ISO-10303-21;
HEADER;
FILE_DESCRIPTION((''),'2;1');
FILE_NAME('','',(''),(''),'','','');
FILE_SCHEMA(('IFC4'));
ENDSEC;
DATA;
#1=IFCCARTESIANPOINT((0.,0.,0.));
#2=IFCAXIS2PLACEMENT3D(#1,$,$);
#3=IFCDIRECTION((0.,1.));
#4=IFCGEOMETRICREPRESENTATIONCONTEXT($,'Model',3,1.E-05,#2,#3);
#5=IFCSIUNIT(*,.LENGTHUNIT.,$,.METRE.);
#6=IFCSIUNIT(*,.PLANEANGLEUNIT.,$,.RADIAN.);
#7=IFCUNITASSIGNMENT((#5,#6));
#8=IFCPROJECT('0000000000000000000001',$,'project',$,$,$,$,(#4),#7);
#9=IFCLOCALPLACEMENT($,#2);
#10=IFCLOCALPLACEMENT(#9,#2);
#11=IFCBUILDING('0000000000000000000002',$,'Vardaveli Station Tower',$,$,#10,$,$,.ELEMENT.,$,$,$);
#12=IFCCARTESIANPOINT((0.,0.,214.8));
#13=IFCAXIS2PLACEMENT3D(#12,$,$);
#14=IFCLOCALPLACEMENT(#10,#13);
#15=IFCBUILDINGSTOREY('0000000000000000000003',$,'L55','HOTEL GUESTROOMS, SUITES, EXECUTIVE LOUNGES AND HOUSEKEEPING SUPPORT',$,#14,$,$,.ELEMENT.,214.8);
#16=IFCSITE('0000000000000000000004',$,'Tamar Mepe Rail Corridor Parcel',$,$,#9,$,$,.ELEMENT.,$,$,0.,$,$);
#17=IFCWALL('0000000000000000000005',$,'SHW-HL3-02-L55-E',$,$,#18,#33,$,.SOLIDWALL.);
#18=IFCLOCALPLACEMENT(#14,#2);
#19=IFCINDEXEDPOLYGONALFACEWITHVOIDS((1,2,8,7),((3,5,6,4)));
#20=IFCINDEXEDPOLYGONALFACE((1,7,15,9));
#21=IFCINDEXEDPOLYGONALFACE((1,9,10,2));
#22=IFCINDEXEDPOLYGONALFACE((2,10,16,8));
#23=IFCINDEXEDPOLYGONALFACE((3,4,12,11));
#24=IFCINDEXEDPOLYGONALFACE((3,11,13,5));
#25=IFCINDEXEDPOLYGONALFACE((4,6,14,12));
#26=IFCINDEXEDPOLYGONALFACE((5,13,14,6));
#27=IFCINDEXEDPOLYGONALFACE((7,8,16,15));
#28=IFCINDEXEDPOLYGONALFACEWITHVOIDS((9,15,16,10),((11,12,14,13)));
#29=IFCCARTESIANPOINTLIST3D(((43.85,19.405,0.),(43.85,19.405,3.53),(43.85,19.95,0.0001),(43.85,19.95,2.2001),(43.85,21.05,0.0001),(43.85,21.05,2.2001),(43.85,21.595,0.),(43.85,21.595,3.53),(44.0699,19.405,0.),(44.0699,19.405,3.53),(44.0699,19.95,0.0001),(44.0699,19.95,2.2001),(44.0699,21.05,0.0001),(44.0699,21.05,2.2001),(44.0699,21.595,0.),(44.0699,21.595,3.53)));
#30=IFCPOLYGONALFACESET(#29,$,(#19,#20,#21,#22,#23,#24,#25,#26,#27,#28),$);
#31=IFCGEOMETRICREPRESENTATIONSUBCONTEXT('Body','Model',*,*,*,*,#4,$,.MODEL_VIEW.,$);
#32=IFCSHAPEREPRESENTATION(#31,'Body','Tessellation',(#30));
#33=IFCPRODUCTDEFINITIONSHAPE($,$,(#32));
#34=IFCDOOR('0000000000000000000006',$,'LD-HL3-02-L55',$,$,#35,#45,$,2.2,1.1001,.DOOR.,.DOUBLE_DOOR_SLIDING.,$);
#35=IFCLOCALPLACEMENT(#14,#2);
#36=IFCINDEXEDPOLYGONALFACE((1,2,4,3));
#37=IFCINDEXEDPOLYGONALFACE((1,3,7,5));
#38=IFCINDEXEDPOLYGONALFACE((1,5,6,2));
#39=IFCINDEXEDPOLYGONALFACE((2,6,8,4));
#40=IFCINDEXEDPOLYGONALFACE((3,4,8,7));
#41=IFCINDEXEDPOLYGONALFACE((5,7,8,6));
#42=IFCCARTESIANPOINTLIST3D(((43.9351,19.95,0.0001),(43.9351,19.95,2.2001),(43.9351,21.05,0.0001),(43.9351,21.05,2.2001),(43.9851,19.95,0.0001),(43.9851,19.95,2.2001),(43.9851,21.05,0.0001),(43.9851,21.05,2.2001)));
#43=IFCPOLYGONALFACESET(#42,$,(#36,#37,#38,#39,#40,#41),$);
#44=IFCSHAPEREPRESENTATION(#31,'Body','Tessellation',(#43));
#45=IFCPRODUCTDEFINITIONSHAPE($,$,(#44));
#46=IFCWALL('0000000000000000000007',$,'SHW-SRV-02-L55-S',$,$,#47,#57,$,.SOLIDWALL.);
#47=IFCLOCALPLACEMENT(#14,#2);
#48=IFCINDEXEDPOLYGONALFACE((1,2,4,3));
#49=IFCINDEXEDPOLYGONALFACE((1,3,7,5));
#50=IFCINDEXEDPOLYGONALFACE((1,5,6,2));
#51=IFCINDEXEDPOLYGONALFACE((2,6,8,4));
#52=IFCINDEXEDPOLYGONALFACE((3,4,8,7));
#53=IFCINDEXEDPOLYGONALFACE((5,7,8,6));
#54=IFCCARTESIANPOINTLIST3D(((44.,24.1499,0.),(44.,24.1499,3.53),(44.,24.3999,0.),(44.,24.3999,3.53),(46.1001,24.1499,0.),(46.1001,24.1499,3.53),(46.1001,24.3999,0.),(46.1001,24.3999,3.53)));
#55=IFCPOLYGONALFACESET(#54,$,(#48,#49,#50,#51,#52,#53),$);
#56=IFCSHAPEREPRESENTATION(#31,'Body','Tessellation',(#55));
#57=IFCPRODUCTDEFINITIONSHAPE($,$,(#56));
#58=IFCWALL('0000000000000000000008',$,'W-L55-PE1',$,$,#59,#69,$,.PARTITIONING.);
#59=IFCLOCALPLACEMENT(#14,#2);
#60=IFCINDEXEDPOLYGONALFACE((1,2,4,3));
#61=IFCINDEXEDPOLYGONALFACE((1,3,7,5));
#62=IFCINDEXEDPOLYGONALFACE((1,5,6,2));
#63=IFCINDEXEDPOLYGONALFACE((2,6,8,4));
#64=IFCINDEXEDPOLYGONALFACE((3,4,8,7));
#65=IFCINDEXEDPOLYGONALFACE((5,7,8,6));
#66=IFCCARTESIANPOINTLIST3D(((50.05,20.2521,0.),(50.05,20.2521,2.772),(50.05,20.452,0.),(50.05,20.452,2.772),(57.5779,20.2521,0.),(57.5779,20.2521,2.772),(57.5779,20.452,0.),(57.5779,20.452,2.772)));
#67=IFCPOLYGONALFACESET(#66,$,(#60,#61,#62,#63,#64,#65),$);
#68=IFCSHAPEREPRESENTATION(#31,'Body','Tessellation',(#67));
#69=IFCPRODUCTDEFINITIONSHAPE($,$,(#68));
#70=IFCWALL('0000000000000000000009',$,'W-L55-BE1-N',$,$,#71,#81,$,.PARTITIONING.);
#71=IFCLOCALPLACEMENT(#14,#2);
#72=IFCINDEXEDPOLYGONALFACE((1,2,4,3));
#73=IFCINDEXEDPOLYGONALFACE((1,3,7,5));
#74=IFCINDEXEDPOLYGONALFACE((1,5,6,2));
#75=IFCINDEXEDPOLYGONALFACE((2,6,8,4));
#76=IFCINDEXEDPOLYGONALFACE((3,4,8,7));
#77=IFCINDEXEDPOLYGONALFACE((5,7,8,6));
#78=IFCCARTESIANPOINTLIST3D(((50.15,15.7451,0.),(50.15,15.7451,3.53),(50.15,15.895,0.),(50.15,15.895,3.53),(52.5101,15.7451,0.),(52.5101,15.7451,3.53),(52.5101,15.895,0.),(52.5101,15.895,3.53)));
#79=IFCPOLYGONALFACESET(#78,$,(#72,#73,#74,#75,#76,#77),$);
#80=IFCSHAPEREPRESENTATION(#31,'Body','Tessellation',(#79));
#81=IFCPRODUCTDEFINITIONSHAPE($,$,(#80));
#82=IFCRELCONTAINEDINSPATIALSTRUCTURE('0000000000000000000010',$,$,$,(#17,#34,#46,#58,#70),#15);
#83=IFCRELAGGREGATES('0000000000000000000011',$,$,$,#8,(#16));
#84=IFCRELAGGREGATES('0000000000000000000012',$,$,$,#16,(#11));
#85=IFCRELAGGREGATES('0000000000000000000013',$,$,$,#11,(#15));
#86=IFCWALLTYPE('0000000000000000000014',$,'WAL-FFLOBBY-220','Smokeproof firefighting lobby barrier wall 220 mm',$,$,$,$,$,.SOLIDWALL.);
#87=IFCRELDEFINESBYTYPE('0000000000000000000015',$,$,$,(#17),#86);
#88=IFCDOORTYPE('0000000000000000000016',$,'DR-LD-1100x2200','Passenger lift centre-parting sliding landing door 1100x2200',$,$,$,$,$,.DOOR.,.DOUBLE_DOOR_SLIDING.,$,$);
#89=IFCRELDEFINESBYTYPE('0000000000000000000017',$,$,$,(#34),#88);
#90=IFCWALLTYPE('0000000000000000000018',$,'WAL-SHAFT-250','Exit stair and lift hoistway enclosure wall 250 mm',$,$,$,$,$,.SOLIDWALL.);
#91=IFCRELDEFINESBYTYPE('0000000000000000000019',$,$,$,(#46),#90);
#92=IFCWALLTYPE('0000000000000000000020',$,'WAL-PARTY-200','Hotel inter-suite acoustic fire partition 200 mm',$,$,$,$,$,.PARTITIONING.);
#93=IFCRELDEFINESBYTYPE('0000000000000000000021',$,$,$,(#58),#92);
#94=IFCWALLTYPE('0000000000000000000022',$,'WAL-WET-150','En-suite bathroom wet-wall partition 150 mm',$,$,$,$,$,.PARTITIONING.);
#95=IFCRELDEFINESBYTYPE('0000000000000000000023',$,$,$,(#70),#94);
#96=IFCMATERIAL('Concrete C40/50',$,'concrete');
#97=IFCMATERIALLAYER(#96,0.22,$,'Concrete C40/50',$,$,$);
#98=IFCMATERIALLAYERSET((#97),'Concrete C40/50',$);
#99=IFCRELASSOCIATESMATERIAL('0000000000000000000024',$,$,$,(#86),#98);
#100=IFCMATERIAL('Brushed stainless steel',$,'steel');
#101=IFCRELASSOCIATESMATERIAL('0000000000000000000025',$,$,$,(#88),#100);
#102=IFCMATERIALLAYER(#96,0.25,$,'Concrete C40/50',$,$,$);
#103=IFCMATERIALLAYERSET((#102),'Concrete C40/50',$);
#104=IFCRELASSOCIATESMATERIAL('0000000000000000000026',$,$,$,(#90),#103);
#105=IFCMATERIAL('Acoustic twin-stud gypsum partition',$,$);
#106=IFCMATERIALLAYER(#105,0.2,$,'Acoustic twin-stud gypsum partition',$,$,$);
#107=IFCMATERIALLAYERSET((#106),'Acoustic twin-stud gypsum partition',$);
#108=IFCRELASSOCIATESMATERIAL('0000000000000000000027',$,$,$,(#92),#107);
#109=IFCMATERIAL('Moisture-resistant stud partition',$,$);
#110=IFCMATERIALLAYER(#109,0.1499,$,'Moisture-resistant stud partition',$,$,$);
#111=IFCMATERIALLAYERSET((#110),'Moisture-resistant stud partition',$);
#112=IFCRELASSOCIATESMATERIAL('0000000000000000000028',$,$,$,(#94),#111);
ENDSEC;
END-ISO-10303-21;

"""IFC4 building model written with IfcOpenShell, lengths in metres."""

from ifc_helpers import new_model, si_unit, direction, frame, frame_2d, origin, place, context, subcontext, project, spatial, rectangle, extrude, source, transform, mapped, material, layer, layer_set, type_object, element, fill, save


model = new_model("IFC4")

# Units and contexts
model_context = context("Model", 3, precision=1e-05, world=origin(), true_north=direction((0.0, 1.0)))
body_context = subcontext(model_context, "Body", "Model", "MODEL_VIEW")
ifc_project = project(units=[si_unit("LENGTHUNIT", "METRE"), si_unit("PLANEANGLEUNIT", "RADIAN")], contexts=[model_context])

# Site, building, storey
site_placement = place(None, origin())
site = spatial("IfcSite", under=ifc_project, at=site_placement, Name="Tamar Mepe Rail Corridor Parcel", CompositionType="ELEMENT", RefElevation=0.0)
building_placement = place(site_placement, origin())
building = spatial("IfcBuilding", under=site, at=building_placement, Name="Vardaveli Station Tower", CompositionType="ELEMENT")
storey_placement = place(building_placement, frame((0.0, 0.0, 214.8)))
storey = spatial("IfcBuildingStorey", under=building, at=storey_placement, Name="L55", Description="HOTEL GUESTROOMS, SUITES, EXECUTIVE LOUNGES AND HOUSEKEEPING SUPPORT", CompositionType="ELEMENT", Elevation=214.8)

# Wall, opening, door
ifc_material_1 = material(Name="Concrete C40/50", Category="concrete")
ifc_layer_1 = layer(ifc_material_1, 0.22, Name="Concrete C40/50")
ifc_layer_set_1 = layer_set([ifc_layer_1], Name="Concrete C40/50")
wall_type_1 = type_object("IfcWallType", Name="WAL-FFLOBBY-220", Description="Smokeproof firefighting lobby barrier wall 220 mm", PredefinedType="SOLIDWALL", material=ifc_layer_set_1)
shared_shape_1 = source(origin(), body_context, "Body", "SweptSolid", [
    extrude(rectangle(XDim=2.1899, YDim=0.22, at=frame_2d((1.095, 0.0))), origin(), (0.0, 0.0, 1.0), 3.53),
])
shared_shape_2 = source(origin(), body_context, "Body", "SweptSolid", [
    extrude(rectangle(XDim=1.1001, YDim=2.2, at=frame_2d((0.55, 1.1001))), frame((0.0, 0.1201, 0.0), z_axis=(0.0, -1.0, 0.0), x_axis=(1.0, 0.0, 0.0)), (0.0, 0.0, 1.0), 0.24),
])
ifc_material_2 = material(Name="Brushed stainless steel", Category="steel")
door_type = type_object("IfcDoorType", Name="DR-LD-1100x2200", Description="Passenger lift centre-parting sliding landing door 1100x2200", OperationType="DOUBLE_DOOR_SLIDING", PredefinedType="DOOR", material=ifc_material_2)
shared_shape_3 = source(origin(), body_context, "Body", "SweptSolid", [
    extrude(rectangle(XDim=1.1001, YDim=2.2, at=frame_2d((0.55, 1.1001))), frame((0.0, 0.0249, 0.0), z_axis=(0.0, -1.0, 0.0), x_axis=(1.0, 0.0, 0.0)), (0.0, 0.0, 1.0), 0.05),
])
wall_1_placement = place(storey_placement, frame((43.96, 19.405, 0.0), z_axis=(0.0, 0.0, 1.0), x_axis=(0.0, 1.0, 0.0)))
wall_1 = element("IfcWall", 1, at=wall_1_placement, inside=storey, type_object=wall_type_1, Name="SHW-HL3-02-L55-E", PredefinedType="SOLIDWALL", context=body_context, shape_type="MappedRepresentation", body=[
    mapped(shared_shape_1, transform((0.0, 0.0, 0.0), scale=1.0)),
])
opening_1_placement = place(wall_1_placement, frame((0.5449, 0.0, 0.0)))
opening_1 = element("IfcOpeningElement", 2, at=opening_1_placement, cuts=wall_1, PredefinedType="OPENING", context=body_context, shape_type="MappedRepresentation", body=[
    mapped(shared_shape_2, transform((0.0, 0.0, 0.0), scale=1.0)),
])
door_1_placement = place(opening_1_placement, origin())
door_1 = element("IfcDoor", 3, at=door_1_placement, inside=storey, type_object=door_type, Name="LD-HL3-02-L55", OperationType="DOUBLE_DOOR_SLIDING", OverallHeight=2.2, OverallWidth=1.1001, PredefinedType="DOOR", context=body_context, shape_type="MappedRepresentation", body=[
    mapped(shared_shape_3, transform((0.0, 0.0, 0.0), scale=1.0)),
])
fill(opening_1, door_1)

# Walls
ifc_layer_2 = layer(ifc_material_1, 0.25, Name="Concrete C40/50")
ifc_layer_set_2 = layer_set([ifc_layer_2], Name="Concrete C40/50")
wall_type_2 = type_object("IfcWallType", Name="WAL-SHAFT-250", Description="Exit stair and lift hoistway enclosure wall 250 mm", PredefinedType="SOLIDWALL", material=ifc_layer_set_2)
shared_shape_4 = source(origin(), body_context, "Body", "SweptSolid", [
    extrude(rectangle(XDim=2.1001, YDim=0.25, at=frame_2d((1.05, 0.0))), origin(), (0.0, 0.0, 1.0), 3.53),
])
wall_2_placement = place(storey_placement, frame((44.0, 24.2749, 0.0), z_axis=(0.0, 0.0, 1.0), x_axis=(1.0, 0.0, 0.0)))
element("IfcWall", 4, at=wall_2_placement, inside=storey, type_object=wall_type_2, Name="SHW-SRV-02-L55-S", PredefinedType="SOLIDWALL", context=body_context, shape_type="MappedRepresentation", body=[
    mapped(shared_shape_4, transform((0.0, 0.0, 0.0), scale=1.0)),
])
ifc_material_3 = material(Name="Acoustic twin-stud gypsum partition")
ifc_layer_3 = layer(ifc_material_3, 0.2, Name="Acoustic twin-stud gypsum partition")
ifc_layer_set_3 = layer_set([ifc_layer_3], Name="Acoustic twin-stud gypsum partition")
wall_type_3 = type_object("IfcWallType", Name="WAL-PARTY-200", Description="Hotel inter-suite acoustic fire partition 200 mm", PredefinedType="PARTITIONING", material=ifc_layer_set_3)
shared_shape_5 = source(origin(), body_context, "Body", "SweptSolid", [
    extrude(rectangle(XDim=7.5278, YDim=0.2, at=frame_2d((3.7639, 0.0))), origin(), (0.0, 0.0, 1.0), 2.772),
])
wall_3_placement = place(storey_placement, frame((50.05, 20.3521, 0.0), z_axis=(0.0, 0.0, 1.0), x_axis=(1.0, 0.0, 0.0)))
element("IfcWall", 5, at=wall_3_placement, inside=storey, type_object=wall_type_3, Name="W-L55-PE1", PredefinedType="PARTITIONING", context=body_context, shape_type="MappedRepresentation", body=[
    mapped(shared_shape_5, transform((0.0, 0.0, 0.0), scale=1.0)),
])
ifc_material_4 = material(Name="Moisture-resistant stud partition")
ifc_layer_4 = layer(ifc_material_4, 0.1499, Name="Moisture-resistant stud partition")
ifc_layer_set_4 = layer_set([ifc_layer_4], Name="Moisture-resistant stud partition")
wall_type_4 = type_object("IfcWallType", Name="WAL-WET-150", Description="En-suite bathroom wet-wall partition 150 mm", PredefinedType="PARTITIONING", material=ifc_layer_set_4)
shared_shape_6 = source(origin(), body_context, "Body", "SweptSolid", [
    extrude(rectangle(XDim=2.3601, YDim=0.1499, at=frame_2d((1.1802, 0.0))), origin(), (0.0, 0.0, 1.0), 3.53),
])
wall_4_placement = place(storey_placement, frame((50.1499, 15.8201, 0.0), z_axis=(0.0, 0.0, 1.0), x_axis=(1.0, 0.0, 0.0)))
element("IfcWall", 6, at=wall_4_placement, inside=storey, type_object=wall_type_4, Name="W-L55-BE1-N", PredefinedType="PARTITIONING", context=body_context, shape_type="MappedRepresentation", body=[
    mapped(shared_shape_6, transform((0.0, 0.0, 0.0), scale=1.0)),
])

save(model, "model.ifc")
